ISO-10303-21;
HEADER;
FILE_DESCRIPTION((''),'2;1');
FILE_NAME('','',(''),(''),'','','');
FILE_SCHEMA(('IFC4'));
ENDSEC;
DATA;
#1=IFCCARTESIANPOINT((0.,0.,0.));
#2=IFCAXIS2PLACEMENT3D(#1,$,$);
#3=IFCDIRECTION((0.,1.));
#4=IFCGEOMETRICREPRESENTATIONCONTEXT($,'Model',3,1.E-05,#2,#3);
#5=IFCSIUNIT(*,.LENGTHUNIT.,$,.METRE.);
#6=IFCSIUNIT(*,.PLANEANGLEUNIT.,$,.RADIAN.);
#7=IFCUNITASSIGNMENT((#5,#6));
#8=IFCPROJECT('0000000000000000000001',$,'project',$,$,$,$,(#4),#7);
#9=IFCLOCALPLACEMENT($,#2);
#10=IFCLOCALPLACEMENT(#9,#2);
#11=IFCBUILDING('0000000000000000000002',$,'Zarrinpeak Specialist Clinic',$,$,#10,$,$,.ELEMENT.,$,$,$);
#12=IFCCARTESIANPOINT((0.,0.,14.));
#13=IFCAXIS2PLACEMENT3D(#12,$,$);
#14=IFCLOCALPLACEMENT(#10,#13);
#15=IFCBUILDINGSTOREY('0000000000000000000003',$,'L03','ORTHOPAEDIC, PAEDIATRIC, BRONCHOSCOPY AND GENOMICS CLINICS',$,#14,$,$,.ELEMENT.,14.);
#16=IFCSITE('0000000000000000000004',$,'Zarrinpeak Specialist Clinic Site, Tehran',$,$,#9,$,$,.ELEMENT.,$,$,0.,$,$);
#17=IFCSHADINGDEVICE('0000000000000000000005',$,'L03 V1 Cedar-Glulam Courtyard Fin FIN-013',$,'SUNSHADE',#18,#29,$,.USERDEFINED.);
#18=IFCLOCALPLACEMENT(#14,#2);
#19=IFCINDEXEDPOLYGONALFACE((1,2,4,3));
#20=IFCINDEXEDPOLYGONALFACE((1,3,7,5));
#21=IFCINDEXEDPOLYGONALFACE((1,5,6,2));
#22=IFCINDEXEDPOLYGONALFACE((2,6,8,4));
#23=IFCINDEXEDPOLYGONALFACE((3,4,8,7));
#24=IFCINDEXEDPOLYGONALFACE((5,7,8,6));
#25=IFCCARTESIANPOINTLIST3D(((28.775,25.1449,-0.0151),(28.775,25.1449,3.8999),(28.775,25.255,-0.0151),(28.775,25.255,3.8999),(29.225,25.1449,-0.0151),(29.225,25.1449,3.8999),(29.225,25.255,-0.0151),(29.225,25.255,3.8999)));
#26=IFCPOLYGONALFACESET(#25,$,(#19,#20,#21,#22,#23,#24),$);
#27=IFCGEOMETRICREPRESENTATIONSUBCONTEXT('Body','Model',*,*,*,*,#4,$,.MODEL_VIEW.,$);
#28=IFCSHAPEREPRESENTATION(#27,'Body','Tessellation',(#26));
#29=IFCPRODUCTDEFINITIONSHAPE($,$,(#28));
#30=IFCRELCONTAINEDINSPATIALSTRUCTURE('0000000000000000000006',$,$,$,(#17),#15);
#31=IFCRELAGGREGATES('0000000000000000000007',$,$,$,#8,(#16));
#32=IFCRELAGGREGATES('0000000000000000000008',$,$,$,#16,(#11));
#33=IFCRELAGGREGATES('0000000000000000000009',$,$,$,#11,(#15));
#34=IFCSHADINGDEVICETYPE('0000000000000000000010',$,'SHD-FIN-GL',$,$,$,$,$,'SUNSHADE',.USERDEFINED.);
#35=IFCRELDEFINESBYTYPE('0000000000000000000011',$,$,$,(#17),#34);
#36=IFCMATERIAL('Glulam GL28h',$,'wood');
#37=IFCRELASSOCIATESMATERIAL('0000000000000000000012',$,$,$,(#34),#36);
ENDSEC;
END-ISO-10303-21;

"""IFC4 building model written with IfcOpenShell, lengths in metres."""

from ifc_helpers import new_model, si_unit, direction, frame, origin, origin_2d, place, context, subcontext, project, spatial, rectangle, extrude, material, type_object, element, save


model = new_model("IFC4")

# Units and contexts
model_context = context("Model", 3, precision=1e-05, world=origin(), true_north=direction((0.0, 1.0)))
body_context = subcontext(model_context, "Body", "Model", "MODEL_VIEW")
ifc_project = project(units=[si_unit("LENGTHUNIT", "METRE"), si_unit("PLANEANGLEUNIT", "RADIAN")], contexts=[model_context])

# Site, building, storey
site_placement = place(None, origin())
site = spatial("IfcSite", under=ifc_project, at=site_placement, Name="Zarrinpeak Specialist Clinic Site, Tehran", CompositionType="ELEMENT", RefElevation=0.0)
building_placement = place(site_placement, origin())
building = spatial("IfcBuilding", under=site, at=building_placement, Name="Zarrinpeak Specialist Clinic", CompositionType="ELEMENT")
storey_placement = place(building_placement, frame((0.0, 0.0, 14.0)))
storey = spatial("IfcBuildingStorey", under=building, at=storey_placement, Name="L03", Description="ORTHOPAEDIC, PAEDIATRIC, BRONCHOSCOPY AND GENOMICS CLINICS", CompositionType="ELEMENT", Elevation=14.0)

# Shading device
ifc_material_1 = material(Name="Glulam GL28h", Category="wood")
shading_device_type = type_object("IfcShadingDeviceType", Name="SHD-FIN-GL", ElementType="SUNSHADE", PredefinedType="USERDEFINED", material=ifc_material_1)
shading_device_placement = place(storey_placement, frame((29.0, 25.2, -0.0151), z_axis=(0.0, 0.0, 1.0), x_axis=(1.0, 0.0, 0.0)))
element("IfcShadingDevice", 1, at=shading_device_placement, inside=storey, type_object=shading_device_type, Name="L03 V1 Cedar-Glulam Courtyard Fin FIN-013", ObjectType="SUNSHADE", PredefinedType="USERDEFINED", context=body_context, shape_type="SweptSolid", body=[
    extrude(rectangle(XDim=0.45, YDim=0.1101, at=origin_2d()), origin(), (0.0, 0.0, 1.0), 3.915),
])

save(model, "model.ifc")
